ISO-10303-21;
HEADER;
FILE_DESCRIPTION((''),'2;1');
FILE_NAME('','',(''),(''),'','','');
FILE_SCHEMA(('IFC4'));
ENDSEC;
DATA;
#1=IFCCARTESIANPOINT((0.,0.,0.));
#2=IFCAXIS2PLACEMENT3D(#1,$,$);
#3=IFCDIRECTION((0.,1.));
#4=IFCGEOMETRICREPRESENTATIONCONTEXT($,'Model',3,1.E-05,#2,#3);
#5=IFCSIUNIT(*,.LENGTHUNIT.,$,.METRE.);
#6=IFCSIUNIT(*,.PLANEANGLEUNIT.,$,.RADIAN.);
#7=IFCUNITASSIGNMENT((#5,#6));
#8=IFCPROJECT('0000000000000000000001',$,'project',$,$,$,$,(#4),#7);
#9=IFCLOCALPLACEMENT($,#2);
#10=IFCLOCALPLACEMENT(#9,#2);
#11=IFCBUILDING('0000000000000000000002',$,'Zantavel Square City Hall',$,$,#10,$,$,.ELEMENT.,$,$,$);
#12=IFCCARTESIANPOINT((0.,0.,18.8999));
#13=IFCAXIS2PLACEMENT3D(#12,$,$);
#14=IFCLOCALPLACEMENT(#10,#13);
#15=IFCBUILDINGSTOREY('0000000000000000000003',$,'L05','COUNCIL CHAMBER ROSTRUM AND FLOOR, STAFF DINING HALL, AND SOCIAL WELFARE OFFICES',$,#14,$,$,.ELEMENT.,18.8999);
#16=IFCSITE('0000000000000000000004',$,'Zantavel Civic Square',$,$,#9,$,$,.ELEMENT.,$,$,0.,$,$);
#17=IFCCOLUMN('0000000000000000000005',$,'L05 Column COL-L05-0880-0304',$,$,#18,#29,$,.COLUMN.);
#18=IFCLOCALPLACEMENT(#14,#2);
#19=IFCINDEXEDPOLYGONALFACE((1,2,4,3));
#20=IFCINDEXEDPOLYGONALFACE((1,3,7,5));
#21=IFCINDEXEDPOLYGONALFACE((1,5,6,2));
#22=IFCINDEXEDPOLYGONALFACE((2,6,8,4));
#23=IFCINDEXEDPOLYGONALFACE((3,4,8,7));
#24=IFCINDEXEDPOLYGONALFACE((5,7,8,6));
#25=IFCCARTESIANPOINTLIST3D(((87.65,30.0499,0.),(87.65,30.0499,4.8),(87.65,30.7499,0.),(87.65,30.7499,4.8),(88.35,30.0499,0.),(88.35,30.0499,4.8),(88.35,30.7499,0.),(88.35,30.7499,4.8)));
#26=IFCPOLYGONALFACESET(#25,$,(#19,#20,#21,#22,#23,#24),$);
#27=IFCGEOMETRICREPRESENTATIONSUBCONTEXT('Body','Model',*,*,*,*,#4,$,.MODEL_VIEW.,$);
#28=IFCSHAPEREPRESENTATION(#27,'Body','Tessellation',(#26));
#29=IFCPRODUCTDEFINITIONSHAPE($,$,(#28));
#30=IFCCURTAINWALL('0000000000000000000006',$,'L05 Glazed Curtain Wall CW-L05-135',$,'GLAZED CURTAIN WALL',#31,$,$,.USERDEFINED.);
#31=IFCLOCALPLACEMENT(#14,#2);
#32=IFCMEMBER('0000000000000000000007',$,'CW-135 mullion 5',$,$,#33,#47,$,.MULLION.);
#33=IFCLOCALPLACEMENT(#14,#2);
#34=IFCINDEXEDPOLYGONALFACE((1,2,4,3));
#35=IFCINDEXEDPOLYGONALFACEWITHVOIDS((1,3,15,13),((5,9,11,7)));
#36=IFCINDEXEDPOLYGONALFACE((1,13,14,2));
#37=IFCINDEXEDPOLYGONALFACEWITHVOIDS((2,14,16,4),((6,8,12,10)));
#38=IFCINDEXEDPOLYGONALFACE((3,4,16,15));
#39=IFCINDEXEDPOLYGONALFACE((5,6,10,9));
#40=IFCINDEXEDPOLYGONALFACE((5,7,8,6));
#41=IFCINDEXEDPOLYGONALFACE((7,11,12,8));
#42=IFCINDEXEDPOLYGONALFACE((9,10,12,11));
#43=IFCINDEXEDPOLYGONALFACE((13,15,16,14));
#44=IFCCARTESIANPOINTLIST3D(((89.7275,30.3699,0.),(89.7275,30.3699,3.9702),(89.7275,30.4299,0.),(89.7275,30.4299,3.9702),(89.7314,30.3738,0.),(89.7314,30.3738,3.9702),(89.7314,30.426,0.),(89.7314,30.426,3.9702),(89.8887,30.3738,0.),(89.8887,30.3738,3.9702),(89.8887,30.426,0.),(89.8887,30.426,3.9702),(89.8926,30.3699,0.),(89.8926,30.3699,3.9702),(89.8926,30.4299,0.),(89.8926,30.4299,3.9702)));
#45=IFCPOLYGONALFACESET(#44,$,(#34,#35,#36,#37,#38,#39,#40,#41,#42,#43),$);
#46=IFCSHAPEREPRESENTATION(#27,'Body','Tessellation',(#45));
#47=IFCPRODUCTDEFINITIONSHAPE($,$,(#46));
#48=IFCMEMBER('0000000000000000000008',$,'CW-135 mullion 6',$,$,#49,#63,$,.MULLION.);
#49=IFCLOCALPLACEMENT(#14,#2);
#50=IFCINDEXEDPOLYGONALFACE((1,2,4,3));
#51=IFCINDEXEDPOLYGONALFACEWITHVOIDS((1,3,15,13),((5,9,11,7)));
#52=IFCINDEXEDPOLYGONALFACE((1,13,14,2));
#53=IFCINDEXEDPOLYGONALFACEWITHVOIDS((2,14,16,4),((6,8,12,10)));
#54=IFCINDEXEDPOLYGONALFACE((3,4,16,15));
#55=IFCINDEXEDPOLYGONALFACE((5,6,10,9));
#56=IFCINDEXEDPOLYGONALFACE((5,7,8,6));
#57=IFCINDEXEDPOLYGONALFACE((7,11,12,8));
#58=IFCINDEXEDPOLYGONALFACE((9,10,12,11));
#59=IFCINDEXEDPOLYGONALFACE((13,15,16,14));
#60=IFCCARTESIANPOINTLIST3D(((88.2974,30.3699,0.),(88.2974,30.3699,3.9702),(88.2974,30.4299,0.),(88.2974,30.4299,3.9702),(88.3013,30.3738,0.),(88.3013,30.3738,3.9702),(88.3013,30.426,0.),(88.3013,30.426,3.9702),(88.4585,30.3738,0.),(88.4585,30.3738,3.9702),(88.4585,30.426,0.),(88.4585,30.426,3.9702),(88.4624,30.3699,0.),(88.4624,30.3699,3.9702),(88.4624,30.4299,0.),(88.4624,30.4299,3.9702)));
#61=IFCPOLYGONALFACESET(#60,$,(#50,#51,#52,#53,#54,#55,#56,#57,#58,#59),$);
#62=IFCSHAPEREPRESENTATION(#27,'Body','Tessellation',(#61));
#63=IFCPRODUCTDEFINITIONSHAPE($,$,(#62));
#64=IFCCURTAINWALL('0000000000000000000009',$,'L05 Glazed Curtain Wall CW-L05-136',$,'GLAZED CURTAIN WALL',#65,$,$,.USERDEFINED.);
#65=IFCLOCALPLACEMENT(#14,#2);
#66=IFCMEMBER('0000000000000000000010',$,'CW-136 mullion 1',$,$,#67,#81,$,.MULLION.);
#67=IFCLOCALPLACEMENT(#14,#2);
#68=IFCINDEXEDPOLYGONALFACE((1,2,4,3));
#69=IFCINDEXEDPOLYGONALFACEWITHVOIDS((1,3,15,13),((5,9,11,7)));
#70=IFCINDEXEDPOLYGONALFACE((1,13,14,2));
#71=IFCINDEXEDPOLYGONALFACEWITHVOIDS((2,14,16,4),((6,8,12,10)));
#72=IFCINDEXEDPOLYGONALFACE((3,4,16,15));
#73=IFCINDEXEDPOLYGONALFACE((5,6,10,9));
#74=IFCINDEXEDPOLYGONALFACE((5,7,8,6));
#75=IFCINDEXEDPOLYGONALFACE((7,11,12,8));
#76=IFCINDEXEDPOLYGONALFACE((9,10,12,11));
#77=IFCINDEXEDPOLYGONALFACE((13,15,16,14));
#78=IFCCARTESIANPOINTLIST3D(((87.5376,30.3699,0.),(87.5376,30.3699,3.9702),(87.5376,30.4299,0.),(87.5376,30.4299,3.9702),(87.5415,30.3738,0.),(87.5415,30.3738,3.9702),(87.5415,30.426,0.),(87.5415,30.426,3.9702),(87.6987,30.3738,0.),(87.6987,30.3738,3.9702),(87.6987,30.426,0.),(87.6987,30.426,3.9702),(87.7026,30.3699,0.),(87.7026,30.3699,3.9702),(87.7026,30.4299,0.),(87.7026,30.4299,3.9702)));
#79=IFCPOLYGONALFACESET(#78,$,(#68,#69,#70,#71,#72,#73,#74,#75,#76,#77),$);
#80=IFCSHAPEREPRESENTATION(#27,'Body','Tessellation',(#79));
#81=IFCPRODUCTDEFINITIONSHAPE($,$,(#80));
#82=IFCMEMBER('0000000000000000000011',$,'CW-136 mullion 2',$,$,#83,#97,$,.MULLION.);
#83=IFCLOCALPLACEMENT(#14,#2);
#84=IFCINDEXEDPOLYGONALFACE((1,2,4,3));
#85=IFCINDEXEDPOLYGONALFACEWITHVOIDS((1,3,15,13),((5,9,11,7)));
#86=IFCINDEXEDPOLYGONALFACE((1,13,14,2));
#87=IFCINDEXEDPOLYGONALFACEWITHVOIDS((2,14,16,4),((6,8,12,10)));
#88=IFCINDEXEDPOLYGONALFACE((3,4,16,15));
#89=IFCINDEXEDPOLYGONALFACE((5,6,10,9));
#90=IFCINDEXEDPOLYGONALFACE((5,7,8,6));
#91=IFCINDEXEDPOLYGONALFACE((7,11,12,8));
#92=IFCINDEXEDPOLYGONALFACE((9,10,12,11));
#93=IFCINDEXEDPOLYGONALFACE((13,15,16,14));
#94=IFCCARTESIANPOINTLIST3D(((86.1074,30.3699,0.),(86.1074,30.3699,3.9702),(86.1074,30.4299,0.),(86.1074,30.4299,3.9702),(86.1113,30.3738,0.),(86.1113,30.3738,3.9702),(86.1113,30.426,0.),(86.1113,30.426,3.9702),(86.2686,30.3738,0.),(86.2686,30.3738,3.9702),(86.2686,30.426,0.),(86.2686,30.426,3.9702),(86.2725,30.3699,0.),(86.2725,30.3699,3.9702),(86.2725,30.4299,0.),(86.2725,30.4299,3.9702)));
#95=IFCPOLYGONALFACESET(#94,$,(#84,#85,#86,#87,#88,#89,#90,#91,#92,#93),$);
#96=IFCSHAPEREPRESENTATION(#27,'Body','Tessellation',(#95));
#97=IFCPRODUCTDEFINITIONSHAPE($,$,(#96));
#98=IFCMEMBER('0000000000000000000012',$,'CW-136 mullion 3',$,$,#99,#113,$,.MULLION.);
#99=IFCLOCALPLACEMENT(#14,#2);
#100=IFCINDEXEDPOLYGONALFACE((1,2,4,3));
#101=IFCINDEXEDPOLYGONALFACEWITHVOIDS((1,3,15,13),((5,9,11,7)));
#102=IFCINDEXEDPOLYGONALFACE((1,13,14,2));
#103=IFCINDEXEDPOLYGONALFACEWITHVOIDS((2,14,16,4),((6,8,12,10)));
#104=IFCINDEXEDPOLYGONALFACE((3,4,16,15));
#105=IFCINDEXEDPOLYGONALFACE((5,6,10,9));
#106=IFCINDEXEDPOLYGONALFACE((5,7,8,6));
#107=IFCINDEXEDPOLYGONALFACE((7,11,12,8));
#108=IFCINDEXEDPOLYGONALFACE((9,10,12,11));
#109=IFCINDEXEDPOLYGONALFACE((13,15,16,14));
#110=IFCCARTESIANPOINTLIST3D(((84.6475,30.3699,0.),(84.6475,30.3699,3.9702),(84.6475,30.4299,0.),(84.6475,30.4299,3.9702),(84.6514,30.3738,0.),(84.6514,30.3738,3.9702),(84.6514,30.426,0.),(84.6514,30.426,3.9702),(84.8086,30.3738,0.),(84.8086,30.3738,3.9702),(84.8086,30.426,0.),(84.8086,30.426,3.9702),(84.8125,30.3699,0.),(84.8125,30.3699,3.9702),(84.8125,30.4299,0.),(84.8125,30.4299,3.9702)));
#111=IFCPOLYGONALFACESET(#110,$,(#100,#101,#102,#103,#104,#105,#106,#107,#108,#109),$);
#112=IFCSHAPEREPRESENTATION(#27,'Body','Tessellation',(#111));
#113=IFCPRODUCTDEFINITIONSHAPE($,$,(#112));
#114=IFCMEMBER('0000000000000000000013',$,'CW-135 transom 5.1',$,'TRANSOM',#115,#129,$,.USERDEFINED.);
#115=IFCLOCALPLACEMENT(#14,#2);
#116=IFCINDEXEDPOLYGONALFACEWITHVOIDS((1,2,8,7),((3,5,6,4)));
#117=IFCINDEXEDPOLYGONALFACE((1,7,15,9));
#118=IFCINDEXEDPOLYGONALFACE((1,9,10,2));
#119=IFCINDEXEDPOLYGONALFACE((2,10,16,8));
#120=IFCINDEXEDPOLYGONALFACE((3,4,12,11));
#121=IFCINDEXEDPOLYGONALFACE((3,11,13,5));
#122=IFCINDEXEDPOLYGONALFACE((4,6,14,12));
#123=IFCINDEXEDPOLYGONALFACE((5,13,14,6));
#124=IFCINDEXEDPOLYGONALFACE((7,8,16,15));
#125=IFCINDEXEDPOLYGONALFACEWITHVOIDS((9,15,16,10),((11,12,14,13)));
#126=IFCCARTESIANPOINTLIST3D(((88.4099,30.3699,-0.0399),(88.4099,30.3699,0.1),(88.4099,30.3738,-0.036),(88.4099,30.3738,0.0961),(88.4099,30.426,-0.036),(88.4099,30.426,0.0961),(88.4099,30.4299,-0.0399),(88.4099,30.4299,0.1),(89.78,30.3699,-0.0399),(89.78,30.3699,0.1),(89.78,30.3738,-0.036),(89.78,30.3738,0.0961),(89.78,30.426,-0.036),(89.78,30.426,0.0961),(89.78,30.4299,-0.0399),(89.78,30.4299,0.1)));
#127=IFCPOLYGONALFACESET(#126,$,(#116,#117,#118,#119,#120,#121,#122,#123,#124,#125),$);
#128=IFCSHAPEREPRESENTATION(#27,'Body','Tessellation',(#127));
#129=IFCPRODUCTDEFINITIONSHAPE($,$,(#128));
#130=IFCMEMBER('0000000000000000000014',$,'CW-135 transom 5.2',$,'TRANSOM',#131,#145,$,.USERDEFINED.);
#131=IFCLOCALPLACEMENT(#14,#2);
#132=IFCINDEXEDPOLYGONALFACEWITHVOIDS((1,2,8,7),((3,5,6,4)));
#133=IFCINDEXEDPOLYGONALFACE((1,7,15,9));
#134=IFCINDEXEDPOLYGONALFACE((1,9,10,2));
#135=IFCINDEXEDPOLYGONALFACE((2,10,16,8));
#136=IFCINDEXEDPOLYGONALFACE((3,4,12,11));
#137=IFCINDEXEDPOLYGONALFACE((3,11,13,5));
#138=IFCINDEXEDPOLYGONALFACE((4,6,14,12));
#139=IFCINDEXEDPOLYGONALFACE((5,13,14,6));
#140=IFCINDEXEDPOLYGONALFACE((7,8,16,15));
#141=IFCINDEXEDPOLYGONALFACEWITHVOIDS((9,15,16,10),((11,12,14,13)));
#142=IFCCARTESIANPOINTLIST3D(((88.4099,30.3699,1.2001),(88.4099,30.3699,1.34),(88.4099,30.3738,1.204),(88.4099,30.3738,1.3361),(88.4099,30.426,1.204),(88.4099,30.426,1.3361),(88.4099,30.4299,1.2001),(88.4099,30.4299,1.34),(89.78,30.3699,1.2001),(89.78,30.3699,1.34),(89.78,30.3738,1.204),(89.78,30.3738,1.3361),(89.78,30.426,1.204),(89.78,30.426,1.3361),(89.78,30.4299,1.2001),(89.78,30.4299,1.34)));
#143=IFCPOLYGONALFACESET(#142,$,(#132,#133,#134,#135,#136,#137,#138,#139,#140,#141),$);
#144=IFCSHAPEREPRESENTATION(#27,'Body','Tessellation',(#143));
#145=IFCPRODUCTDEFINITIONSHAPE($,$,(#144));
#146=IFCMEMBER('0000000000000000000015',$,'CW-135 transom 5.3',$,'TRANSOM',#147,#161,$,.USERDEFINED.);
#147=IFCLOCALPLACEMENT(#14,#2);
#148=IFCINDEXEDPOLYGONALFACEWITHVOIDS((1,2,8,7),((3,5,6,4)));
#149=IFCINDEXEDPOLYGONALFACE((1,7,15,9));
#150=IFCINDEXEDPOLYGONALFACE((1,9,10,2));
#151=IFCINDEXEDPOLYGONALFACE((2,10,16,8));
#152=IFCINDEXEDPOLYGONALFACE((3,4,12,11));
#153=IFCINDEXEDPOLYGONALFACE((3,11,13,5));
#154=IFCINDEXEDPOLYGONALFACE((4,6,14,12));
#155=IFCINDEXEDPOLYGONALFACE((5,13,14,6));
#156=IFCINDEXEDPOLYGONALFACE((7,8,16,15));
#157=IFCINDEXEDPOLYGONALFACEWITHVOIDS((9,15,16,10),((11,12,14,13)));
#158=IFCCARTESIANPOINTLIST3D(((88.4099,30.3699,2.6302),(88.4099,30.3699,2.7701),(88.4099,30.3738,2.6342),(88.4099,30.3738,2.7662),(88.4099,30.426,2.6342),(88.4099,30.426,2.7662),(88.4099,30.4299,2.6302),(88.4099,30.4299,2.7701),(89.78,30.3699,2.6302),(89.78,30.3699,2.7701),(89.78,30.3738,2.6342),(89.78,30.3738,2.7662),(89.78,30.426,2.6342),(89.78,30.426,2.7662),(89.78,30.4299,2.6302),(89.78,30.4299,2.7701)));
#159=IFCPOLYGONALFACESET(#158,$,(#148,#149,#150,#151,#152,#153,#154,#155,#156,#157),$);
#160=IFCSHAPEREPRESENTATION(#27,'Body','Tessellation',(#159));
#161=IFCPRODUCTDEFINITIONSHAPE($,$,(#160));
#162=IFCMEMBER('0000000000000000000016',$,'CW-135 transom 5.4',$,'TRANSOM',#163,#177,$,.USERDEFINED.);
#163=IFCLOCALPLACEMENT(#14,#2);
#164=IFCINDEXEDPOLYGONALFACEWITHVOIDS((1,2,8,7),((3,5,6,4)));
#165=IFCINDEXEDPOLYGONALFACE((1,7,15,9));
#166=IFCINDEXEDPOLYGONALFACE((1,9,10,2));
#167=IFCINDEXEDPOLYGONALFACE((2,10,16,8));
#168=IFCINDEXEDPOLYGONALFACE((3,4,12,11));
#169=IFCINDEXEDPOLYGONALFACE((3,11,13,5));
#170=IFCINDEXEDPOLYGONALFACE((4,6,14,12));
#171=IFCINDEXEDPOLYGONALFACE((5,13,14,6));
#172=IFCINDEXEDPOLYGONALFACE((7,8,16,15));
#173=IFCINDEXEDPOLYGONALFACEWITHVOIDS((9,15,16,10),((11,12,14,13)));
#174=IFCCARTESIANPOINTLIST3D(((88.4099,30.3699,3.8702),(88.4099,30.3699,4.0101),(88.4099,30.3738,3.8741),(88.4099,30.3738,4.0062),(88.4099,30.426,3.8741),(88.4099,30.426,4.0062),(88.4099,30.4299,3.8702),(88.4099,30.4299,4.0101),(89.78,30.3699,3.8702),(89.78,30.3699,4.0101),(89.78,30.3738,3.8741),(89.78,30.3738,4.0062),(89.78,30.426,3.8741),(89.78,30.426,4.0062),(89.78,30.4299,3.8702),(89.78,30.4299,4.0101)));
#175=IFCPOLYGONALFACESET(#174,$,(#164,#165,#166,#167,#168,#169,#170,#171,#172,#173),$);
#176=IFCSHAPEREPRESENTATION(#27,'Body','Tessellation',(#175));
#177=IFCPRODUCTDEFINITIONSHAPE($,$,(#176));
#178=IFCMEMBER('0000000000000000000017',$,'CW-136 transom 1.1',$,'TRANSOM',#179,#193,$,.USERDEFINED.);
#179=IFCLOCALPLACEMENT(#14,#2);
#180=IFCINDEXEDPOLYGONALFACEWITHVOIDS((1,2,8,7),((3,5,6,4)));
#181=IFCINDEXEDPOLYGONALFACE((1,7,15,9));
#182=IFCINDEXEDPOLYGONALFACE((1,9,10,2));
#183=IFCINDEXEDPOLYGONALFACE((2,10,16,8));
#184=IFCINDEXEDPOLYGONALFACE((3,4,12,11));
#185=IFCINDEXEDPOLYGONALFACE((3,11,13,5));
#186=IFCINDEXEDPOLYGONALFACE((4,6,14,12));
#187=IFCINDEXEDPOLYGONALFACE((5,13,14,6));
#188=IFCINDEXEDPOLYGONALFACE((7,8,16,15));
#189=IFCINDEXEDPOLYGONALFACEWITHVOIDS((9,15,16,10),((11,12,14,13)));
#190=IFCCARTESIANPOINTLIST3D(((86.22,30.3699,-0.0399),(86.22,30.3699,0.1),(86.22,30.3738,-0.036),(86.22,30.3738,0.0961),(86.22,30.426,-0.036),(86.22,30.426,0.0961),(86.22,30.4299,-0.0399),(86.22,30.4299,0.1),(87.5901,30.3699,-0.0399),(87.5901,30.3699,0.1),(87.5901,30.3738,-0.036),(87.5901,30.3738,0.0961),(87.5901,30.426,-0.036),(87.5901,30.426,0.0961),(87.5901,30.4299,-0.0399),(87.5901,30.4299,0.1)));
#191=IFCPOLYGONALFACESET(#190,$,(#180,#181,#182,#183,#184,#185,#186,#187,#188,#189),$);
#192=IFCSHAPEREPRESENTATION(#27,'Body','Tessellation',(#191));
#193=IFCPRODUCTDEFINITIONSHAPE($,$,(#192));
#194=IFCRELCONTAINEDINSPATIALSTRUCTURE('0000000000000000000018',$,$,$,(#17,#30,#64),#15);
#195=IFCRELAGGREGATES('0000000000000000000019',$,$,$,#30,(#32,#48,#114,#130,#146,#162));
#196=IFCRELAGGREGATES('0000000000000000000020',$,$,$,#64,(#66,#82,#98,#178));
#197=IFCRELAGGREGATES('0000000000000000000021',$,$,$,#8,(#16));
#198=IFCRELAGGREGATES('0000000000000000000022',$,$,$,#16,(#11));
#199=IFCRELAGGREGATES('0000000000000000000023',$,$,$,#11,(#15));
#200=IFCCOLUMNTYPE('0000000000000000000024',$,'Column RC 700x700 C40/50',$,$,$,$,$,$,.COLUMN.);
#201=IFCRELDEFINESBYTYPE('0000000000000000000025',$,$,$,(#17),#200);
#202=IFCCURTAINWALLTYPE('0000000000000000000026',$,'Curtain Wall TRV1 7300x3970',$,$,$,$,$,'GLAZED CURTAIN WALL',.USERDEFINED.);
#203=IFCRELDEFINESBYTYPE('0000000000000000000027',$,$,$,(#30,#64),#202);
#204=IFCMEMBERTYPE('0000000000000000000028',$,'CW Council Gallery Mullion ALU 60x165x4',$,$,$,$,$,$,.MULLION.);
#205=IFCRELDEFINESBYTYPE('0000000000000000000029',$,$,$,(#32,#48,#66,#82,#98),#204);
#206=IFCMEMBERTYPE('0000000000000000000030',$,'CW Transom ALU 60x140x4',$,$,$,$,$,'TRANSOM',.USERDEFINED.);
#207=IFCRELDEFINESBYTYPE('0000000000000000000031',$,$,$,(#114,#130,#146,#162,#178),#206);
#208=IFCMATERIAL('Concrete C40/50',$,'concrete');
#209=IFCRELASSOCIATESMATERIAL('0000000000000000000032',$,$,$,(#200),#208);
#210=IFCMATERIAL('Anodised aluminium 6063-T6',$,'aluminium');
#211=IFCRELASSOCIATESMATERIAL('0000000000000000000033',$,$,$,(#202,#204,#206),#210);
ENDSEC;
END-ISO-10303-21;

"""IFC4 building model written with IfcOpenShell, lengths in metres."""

from ifc_helpers import new_model, si_unit, direction, frame, origin, origin_2d, place, context, subcontext, project, spatial, rectangle, hollow_rectangle, extrude, material, material_profile, profile_set, type_object, element, aggregate, save


model = new_model("IFC4")

# Units and contexts
model_context = context("Model", 3, precision=1e-05, world=origin(), true_north=direction((0.0, 1.0)))
body_context = subcontext(model_context, "Body", "Model", "MODEL_VIEW")
ifc_project = project(units=[si_unit("LENGTHUNIT", "METRE"), si_unit("PLANEANGLEUNIT", "RADIAN")], contexts=[model_context])

# Site, building, storey
site_placement = place(None, origin())
site = spatial("IfcSite", under=ifc_project, at=site_placement, Name="Zantavel Civic Square", CompositionType="ELEMENT", RefElevation=0.0)
building_placement = place(site_placement, origin())
building = spatial("IfcBuilding", under=site, at=building_placement, Name="Zantavel Square City Hall", CompositionType="ELEMENT")
storey_placement = place(building_placement, frame((0.0, 0.0, 18.8999)))
storey = spatial("IfcBuildingStorey", under=building, at=storey_placement, Name="L05", Description="COUNCIL CHAMBER ROSTRUM AND FLOOR, STAFF DINING HALL, AND SOCIAL WELFARE OFFICES", CompositionType="ELEMENT", Elevation=18.8999)

# Column
ifc_material_1 = material(Name="Concrete C40/50", Category="concrete")
ifc_material_profile_1 = material_profile(ifc_material_1, rectangle(XDim=0.7, YDim=0.7, at=origin_2d()), Name="RC 700x700")
ifc_profile_set_1 = profile_set([ifc_material_profile_1], Name="Concrete C40/50")
column_type = type_object("IfcColumnType", Name="Column RC 700x700 C40/50", PredefinedType="COLUMN", material=ifc_profile_set_1)
column_placement = place(storey_placement, frame((88.0, 30.3999, 0.0), z_axis=(0.0, 0.0, 1.0), x_axis=(1.0, 0.0, 0.0)))
element("IfcColumn", 1, at=column_placement, inside=storey, type_object=column_type, Name="L05 Column COL-L05-0880-0304", PredefinedType="COLUMN", context=body_context, shape_type="SweptSolid", body=[
    extrude(rectangle(XDim=0.7, YDim=0.7, at=origin_2d()), origin(), (0.0, 0.0, 1.0), 4.8),
])

# Curtain walls, members
ifc_material_2 = material(Name="Anodised aluminium 6063-T6", Category="aluminium")
curtain_wall_type = type_object("IfcCurtainWallType", Name="Curtain Wall TRV1 7300x3970", ElementType="GLAZED CURTAIN WALL", PredefinedType="USERDEFINED", material=ifc_material_2)
curtain_wall_1_placement = place(storey_placement, origin())
curtain_wall_1 = element("IfcCurtainWall", 2, at=curtain_wall_1_placement, inside=storey, type_object=curtain_wall_type, Name="L05 Glazed Curtain Wall CW-L05-135", ObjectType="GLAZED CURTAIN WALL", PredefinedType="USERDEFINED")
ifc_material_profile_2 = material_profile(ifc_material_2, hollow_rectangle(XDim=0.0601, YDim=0.165, WallThickness=0.0039, at=origin_2d()), Name="ALU 60x165x4")
ifc_profile_set_2 = profile_set([ifc_material_profile_2], Name="Anodised aluminium 6063-T6")
member_type_1 = type_object("IfcMemberType", Name="CW Council Gallery Mullion ALU 60x165x4", PredefinedType="MULLION", material=ifc_profile_set_2)
member_1_placement = place(storey_placement, frame((89.8101, 30.3999, 0.0), z_axis=(0.0, 0.0, 1.0), x_axis=(0.0, -1.0, 0.0)))
member_1 = element("IfcMember", 3, at=member_1_placement, type_object=member_type_1, Name="CW-135 mullion 5", PredefinedType="MULLION", context=body_context, shape_type="SweptSolid", body=[
    extrude(hollow_rectangle(XDim=0.0601, YDim=0.165, WallThickness=0.0039, at=origin_2d()), origin(), (0.0, 0.0, 1.0), 3.9702),
])
member_2_placement = place(storey_placement, frame((88.3799, 30.3999, 0.0), z_axis=(0.0, 0.0, 1.0), x_axis=(0.0, -1.0, 0.0)))
member_2 = element("IfcMember", 4, at=member_2_placement, type_object=member_type_1, Name="CW-135 mullion 6", PredefinedType="MULLION", context=body_context, shape_type="SweptSolid", body=[
    extrude(hollow_rectangle(XDim=0.0601, YDim=0.165, WallThickness=0.0039, at=origin_2d()), origin(), (0.0, 0.0, 1.0), 3.9702),
])
curtain_wall_2_placement = place(storey_placement, origin())
curtain_wall_2 = element("IfcCurtainWall", 5, at=curtain_wall_2_placement, inside=storey, type_object=curtain_wall_type, Name="L05 Glazed Curtain Wall CW-L05-136", ObjectType="GLAZED CURTAIN WALL", PredefinedType="USERDEFINED")
member_3_placement = place(storey_placement, frame((87.6201, 30.3999, 0.0), z_axis=(0.0, 0.0, 1.0), x_axis=(0.0, -1.0, 0.0)))
member_3 = element("IfcMember", 6, at=member_3_placement, type_object=member_type_1, Name="CW-136 mullion 1", PredefinedType="MULLION", context=body_context, shape_type="SweptSolid", body=[
    extrude(hollow_rectangle(XDim=0.0601, YDim=0.165, WallThickness=0.0039, at=origin_2d()), origin(), (0.0, 0.0, 1.0), 3.9702),
])
member_4_placement = place(storey_placement, frame((86.1899, 30.3999, 0.0), z_axis=(0.0, 0.0, 1.0), x_axis=(0.0, -1.0, 0.0)))
member_4 = element("IfcMember", 7, at=member_4_placement, type_object=member_type_1, Name="CW-136 mullion 2", PredefinedType="MULLION", context=body_context, shape_type="SweptSolid", body=[
    extrude(hollow_rectangle(XDim=0.0601, YDim=0.165, WallThickness=0.0039, at=origin_2d()), origin(), (0.0, 0.0, 1.0), 3.9702),
])
member_5_placement = place(storey_placement, frame((84.73, 30.3999, 0.0), z_axis=(0.0, 0.0, 1.0), x_axis=(0.0, -1.0, 0.0)))
member_5 = element("IfcMember", 8, at=member_5_placement, type_object=member_type_1, Name="CW-136 mullion 3", PredefinedType="MULLION", context=body_context, shape_type="SweptSolid", body=[
    extrude(hollow_rectangle(XDim=0.0601, YDim=0.165, WallThickness=0.0039, at=origin_2d()), origin(), (0.0, 0.0, 1.0), 3.9702),
])

# Members
ifc_material_profile_3 = material_profile(ifc_material_2, hollow_rectangle(XDim=0.0601, YDim=0.1399, WallThickness=0.0039, at=origin_2d()), Name="ALU 60x140x4")
ifc_profile_set_3 = profile_set([ifc_material_profile_3], Name="Anodised aluminium 6063-T6")
member_type_2 = type_object("IfcMemberType", Name="CW Transom ALU 60x140x4", ElementType="TRANSOM", PredefinedType="USERDEFINED", material=ifc_profile_set_3)
member_6_placement = place(storey_placement, frame((89.78, 30.3999, 0.03), z_axis=(-1.0, 0.0, 0.0), x_axis=(0.0, -1.0, 0.0)))
member_6 = element("IfcMember", 9, at=member_6_placement, type_object=member_type_2, Name="CW-135 transom 5.1", ObjectType="TRANSOM", PredefinedType="USERDEFINED", context=body_context, shape_type="SweptSolid", body=[
    extrude(hollow_rectangle(XDim=0.0601, YDim=0.1399, WallThickness=0.0039, at=origin_2d()), origin(), (0.0, 0.0, 1.0), 1.3701),
])
member_7_placement = place(storey_placement, frame((89.78, 30.3999, 1.27), z_axis=(-1.0, 0.0, 0.0), x_axis=(0.0, -1.0, 0.0)))
member_7 = element("IfcMember", 10, at=member_7_placement, type_object=member_type_2, Name="CW-135 transom 5.2", ObjectType="TRANSOM", PredefinedType="USERDEFINED", context=body_context, shape_type="SweptSolid", body=[
    extrude(hollow_rectangle(XDim=0.0601, YDim=0.1399, WallThickness=0.0039, at=origin_2d()), origin(), (0.0, 0.0, 1.0), 1.3701),
])
member_8_placement = place(storey_placement, frame((89.78, 30.3999, 2.7002), z_axis=(-1.0, 0.0, 0.0), x_axis=(0.0, -1.0, 0.0)))
member_8 = element("IfcMember", 11, at=member_8_placement, type_object=member_type_2, Name="CW-135 transom 5.3", ObjectType="TRANSOM", PredefinedType="USERDEFINED", context=body_context, shape_type="SweptSolid", body=[
    extrude(hollow_rectangle(XDim=0.0601, YDim=0.1399, WallThickness=0.0039, at=origin_2d()), origin(), (0.0, 0.0, 1.0), 1.3701),
])
member_9_placement = place(storey_placement, frame((89.78, 30.3999, 3.9402), z_axis=(-1.0, 0.0, 0.0), x_axis=(0.0, -1.0, 0.0)))
member_9 = element("IfcMember", 12, at=member_9_placement, type_object=member_type_2, Name="CW-135 transom 5.4", ObjectType="TRANSOM", PredefinedType="USERDEFINED", context=body_context, shape_type="SweptSolid", body=[
    extrude(hollow_rectangle(XDim=0.0601, YDim=0.1399, WallThickness=0.0039, at=origin_2d()), origin(), (0.0, 0.0, 1.0), 1.3701),
])
member_10_placement = place(storey_placement, frame((87.5901, 30.3999, 0.03), z_axis=(-1.0, 0.0, 0.0), x_axis=(0.0, -1.0, 0.0)))
member_10 = element("IfcMember", 13, at=member_10_placement, type_object=member_type_2, Name="CW-136 transom 1.1", ObjectType="TRANSOM", PredefinedType="USERDEFINED", context=body_context, shape_type="SweptSolid", body=[
    extrude(hollow_rectangle(XDim=0.0601, YDim=0.1399, WallThickness=0.0039, at=origin_2d()), origin(), (0.0, 0.0, 1.0), 1.3701),
])

aggregate(curtain_wall_1, [member_1, member_2, member_6, member_7, member_8, member_9])
aggregate(curtain_wall_2, [member_3, member_4, member_5, member_10])

save(model, "model.ifc")
